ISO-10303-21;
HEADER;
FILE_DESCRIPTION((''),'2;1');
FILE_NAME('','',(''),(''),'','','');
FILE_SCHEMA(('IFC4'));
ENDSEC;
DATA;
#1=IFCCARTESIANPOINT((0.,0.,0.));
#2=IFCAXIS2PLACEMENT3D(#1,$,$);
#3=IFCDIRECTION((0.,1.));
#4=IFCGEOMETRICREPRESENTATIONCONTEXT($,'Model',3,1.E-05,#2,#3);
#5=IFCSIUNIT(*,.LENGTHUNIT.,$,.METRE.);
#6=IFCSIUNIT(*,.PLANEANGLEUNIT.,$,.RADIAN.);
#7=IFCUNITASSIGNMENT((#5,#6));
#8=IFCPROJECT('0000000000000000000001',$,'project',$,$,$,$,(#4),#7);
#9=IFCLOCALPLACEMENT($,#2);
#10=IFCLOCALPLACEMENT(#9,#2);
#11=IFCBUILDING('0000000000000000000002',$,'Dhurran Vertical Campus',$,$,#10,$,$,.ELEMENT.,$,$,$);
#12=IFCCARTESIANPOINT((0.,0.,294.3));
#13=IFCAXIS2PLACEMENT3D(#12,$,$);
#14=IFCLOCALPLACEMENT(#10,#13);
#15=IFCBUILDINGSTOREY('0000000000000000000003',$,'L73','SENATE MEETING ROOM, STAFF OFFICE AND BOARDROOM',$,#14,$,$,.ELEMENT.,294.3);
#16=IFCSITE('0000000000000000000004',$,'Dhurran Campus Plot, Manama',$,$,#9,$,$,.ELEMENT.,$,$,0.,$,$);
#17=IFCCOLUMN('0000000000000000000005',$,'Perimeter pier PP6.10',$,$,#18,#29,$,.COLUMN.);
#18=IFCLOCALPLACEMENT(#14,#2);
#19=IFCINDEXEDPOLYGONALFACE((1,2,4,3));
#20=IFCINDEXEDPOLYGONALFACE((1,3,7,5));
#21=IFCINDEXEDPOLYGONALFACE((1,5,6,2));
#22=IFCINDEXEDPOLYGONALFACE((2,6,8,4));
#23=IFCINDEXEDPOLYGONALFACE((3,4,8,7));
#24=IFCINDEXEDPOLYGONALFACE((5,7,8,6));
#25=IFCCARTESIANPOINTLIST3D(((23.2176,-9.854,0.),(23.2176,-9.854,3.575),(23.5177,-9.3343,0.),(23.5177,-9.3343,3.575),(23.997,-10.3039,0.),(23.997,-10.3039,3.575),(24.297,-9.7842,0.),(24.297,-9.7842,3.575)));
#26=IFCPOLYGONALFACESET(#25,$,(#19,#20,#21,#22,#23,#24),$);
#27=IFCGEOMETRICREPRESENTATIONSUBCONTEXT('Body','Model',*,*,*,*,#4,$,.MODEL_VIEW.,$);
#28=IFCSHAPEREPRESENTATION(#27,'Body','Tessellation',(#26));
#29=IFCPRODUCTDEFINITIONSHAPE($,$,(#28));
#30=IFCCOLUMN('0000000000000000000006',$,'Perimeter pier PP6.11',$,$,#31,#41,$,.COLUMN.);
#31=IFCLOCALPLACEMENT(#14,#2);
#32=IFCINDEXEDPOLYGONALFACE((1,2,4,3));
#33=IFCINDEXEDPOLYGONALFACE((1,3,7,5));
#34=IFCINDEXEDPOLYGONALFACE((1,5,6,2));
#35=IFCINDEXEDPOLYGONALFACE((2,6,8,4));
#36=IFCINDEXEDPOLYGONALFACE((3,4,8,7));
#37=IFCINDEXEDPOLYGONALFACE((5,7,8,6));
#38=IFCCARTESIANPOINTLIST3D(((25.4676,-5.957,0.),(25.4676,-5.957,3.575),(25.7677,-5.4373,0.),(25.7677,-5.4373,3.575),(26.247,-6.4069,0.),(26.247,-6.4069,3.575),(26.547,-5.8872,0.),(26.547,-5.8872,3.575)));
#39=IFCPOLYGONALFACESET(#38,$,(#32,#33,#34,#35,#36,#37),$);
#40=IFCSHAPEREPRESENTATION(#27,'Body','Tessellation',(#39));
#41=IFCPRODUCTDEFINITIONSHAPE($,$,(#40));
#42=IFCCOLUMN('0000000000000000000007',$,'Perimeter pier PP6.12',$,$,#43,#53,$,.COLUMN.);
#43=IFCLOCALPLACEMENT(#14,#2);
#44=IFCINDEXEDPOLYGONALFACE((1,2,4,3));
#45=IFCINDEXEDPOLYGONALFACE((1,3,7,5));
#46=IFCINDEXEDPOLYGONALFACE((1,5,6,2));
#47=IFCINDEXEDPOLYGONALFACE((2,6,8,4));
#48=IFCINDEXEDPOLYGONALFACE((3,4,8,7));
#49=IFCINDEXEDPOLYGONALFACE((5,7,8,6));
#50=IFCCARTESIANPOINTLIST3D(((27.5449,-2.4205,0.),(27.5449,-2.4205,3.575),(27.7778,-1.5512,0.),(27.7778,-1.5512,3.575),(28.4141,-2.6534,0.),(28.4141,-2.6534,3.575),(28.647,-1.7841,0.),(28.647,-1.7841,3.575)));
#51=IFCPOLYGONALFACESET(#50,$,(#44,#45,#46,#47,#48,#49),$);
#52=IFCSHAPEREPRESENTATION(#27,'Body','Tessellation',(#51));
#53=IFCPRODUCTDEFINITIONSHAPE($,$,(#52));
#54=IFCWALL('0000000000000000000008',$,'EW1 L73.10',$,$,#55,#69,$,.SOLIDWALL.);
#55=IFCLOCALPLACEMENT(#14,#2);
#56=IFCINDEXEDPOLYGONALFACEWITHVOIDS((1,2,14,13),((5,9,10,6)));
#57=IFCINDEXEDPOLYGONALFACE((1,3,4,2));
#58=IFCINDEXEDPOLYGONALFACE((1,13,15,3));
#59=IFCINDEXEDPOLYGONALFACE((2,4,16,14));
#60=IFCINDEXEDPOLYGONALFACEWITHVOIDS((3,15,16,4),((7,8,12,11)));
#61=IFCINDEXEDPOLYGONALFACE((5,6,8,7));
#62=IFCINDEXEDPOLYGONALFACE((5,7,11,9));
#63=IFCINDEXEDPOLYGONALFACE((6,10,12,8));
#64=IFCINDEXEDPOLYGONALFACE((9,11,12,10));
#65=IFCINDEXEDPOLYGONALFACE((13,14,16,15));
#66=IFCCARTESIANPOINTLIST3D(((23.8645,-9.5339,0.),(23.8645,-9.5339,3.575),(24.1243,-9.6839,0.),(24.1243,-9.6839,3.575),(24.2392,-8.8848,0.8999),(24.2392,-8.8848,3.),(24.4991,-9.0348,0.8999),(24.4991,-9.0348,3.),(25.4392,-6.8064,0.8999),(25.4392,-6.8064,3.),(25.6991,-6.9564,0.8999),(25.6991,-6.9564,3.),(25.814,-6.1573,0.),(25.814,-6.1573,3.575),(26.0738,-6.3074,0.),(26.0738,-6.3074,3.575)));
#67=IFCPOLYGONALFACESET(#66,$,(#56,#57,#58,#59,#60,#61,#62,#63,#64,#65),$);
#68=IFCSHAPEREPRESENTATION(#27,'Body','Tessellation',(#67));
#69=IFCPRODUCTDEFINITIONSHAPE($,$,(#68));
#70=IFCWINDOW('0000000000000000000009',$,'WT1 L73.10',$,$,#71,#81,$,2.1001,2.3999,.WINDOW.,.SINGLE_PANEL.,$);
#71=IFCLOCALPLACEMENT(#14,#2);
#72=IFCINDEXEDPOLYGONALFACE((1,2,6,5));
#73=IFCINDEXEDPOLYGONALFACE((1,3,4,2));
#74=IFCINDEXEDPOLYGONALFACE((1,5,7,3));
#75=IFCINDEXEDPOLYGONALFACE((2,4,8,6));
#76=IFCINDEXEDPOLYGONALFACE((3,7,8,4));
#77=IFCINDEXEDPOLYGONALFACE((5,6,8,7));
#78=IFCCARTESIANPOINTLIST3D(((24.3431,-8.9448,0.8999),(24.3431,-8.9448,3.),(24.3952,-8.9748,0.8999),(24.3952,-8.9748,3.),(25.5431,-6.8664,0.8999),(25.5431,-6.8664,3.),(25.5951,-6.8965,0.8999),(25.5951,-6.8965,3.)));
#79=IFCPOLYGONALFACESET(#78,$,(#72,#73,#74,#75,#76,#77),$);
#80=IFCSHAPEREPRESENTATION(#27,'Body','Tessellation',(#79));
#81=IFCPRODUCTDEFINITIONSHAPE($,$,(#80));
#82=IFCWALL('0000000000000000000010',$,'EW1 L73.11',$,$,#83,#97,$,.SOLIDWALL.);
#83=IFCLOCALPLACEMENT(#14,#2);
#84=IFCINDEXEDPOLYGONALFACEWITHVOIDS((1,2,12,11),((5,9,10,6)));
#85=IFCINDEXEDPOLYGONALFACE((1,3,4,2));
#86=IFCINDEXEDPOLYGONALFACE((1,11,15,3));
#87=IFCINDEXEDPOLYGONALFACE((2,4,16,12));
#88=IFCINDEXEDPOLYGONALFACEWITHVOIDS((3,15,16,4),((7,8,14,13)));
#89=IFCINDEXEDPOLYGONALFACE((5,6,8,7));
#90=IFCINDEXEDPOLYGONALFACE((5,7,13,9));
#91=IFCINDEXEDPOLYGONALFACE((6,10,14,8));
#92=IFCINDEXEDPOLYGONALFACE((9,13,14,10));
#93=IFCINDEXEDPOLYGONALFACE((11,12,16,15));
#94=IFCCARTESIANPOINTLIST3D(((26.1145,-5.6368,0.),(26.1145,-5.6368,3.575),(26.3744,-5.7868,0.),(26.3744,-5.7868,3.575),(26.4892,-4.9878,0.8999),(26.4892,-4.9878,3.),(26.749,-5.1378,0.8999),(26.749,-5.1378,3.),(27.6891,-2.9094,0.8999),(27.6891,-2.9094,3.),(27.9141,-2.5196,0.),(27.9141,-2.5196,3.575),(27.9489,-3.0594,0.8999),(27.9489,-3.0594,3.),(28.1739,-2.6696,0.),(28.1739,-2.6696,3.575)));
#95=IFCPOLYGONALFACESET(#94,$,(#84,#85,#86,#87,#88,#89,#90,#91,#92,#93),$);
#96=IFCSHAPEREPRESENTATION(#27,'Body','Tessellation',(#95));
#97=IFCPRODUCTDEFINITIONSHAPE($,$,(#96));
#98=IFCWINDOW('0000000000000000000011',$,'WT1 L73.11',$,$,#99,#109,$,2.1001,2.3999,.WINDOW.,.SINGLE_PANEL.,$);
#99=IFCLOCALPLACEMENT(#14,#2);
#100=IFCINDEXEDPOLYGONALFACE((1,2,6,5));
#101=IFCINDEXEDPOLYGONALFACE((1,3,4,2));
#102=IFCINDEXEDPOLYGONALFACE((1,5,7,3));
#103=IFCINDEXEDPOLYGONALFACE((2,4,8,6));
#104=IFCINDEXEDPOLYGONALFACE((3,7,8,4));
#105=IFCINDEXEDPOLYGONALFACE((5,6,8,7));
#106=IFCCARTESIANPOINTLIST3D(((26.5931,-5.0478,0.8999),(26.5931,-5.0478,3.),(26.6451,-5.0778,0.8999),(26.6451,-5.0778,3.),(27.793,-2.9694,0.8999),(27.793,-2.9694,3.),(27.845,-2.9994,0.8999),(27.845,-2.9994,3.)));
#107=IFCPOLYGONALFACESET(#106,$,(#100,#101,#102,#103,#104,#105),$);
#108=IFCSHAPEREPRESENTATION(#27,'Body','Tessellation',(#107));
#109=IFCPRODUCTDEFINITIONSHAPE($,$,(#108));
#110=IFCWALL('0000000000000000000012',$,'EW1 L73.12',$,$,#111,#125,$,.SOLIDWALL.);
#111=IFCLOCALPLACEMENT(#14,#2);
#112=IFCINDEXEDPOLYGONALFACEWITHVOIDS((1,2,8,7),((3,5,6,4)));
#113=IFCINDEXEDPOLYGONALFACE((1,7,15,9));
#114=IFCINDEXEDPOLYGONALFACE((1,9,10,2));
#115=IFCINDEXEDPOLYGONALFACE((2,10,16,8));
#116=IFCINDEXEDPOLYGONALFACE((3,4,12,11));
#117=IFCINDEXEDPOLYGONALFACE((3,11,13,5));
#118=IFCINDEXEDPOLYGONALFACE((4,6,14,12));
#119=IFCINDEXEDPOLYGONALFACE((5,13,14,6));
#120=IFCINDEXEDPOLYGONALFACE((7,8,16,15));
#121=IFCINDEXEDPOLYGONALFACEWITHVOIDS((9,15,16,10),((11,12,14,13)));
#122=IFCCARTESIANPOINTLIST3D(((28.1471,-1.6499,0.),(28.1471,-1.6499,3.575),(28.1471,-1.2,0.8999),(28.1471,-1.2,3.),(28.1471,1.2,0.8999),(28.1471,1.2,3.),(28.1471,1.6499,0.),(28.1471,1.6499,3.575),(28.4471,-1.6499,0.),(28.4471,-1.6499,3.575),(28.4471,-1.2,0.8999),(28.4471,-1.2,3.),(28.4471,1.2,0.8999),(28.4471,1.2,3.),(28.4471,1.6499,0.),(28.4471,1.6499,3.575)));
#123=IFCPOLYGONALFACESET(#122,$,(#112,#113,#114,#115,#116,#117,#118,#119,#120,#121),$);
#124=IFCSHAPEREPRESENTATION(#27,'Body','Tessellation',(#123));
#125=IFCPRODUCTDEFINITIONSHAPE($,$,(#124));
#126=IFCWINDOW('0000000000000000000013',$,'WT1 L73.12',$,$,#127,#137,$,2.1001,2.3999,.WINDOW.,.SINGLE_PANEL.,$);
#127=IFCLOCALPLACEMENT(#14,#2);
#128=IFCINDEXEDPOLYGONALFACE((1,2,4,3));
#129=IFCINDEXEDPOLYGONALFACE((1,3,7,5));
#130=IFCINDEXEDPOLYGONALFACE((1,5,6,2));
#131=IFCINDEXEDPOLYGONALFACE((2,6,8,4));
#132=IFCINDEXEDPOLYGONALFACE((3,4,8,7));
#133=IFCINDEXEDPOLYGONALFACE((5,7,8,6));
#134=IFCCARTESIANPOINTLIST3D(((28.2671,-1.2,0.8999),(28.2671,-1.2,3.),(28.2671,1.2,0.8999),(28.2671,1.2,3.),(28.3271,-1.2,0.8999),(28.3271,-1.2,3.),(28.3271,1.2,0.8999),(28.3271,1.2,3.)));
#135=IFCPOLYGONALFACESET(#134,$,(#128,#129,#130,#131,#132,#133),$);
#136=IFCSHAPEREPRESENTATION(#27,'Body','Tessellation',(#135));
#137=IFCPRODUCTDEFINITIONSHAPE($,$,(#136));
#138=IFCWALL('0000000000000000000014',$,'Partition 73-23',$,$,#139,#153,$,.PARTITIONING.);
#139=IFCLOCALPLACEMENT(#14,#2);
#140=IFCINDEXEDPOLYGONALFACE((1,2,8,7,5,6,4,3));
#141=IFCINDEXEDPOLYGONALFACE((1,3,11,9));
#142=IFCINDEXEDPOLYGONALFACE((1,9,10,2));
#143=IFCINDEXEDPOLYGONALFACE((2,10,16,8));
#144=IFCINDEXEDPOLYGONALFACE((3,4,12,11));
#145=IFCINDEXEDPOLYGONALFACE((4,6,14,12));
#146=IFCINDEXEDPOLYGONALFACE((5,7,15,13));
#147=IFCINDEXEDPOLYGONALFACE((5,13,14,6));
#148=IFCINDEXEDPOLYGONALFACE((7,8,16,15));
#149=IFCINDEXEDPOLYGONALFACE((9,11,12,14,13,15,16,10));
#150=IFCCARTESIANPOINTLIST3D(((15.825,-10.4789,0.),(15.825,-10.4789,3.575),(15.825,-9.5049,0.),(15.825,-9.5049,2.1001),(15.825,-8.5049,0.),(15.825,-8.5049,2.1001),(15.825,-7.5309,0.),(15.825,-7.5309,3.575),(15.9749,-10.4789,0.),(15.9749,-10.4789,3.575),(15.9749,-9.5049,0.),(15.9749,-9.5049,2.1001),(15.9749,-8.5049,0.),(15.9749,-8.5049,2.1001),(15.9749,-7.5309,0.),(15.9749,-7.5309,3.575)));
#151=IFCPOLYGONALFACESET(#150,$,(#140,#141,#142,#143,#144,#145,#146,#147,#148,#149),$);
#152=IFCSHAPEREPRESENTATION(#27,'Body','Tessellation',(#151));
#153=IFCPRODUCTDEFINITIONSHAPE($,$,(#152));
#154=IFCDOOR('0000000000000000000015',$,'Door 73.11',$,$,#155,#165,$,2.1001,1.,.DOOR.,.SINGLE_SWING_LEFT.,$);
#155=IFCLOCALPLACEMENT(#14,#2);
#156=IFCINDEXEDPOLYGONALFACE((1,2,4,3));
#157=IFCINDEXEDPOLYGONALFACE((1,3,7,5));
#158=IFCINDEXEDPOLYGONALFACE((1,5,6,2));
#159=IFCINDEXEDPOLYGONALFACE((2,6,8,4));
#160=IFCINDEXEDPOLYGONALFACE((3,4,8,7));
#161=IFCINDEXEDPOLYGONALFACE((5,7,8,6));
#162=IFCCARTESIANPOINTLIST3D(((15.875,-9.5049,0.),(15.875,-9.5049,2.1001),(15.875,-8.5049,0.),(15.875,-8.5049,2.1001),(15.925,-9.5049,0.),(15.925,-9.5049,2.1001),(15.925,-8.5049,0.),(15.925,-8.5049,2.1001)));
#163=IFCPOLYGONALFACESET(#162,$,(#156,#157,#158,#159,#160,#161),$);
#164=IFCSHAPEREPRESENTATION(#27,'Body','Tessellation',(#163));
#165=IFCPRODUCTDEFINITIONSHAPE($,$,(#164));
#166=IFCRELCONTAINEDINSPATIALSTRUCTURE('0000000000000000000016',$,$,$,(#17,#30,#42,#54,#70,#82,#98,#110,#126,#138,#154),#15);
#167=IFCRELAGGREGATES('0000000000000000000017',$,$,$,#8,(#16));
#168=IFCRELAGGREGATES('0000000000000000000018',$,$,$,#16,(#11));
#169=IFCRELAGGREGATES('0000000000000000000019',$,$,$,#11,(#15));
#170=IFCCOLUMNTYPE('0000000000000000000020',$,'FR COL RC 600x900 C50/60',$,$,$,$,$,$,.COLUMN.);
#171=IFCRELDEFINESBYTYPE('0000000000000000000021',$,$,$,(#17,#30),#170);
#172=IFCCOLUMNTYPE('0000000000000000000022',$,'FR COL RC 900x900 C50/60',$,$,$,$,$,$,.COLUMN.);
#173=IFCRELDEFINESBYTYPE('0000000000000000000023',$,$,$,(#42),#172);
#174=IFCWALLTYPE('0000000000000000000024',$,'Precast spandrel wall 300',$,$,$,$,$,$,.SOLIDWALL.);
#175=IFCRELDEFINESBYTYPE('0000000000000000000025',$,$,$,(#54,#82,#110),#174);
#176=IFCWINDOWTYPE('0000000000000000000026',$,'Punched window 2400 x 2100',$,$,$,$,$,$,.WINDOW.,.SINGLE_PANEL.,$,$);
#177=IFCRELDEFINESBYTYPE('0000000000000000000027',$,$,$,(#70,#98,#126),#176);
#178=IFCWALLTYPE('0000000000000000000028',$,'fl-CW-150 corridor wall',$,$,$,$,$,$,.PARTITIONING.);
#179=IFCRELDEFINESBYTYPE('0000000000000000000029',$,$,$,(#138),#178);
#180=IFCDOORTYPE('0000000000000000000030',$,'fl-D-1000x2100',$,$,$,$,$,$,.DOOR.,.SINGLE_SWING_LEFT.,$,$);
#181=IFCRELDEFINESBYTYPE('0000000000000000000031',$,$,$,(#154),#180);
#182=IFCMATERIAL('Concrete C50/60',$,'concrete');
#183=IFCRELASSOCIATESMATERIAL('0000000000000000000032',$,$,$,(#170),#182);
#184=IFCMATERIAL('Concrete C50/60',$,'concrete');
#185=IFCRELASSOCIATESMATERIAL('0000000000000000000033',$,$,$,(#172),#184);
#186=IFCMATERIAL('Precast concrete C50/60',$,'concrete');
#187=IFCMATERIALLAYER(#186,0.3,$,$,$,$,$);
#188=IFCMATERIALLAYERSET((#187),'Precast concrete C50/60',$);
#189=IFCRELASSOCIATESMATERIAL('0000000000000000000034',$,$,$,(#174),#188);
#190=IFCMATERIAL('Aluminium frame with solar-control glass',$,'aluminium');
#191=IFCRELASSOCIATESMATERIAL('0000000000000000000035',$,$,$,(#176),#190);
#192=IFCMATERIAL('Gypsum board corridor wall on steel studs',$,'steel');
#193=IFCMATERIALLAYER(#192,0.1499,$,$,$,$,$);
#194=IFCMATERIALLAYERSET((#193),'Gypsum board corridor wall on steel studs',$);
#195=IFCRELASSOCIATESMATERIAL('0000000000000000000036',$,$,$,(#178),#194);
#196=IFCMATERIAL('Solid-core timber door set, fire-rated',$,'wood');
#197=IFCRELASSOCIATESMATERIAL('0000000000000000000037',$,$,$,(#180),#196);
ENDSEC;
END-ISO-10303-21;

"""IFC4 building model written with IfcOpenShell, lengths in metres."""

from ifc_helpers import new_model, si_unit, direction, frame, frame_2d, origin, origin_2d, place, context, subcontext, project, spatial, rectangle, extrude, material, layer, layer_set, material_profile, profile_set, type_object, element, fill, save


model = new_model("IFC4")

# Units and contexts
model_context = context("Model", 3, precision=1e-05, world=origin(), true_north=direction((0.0, 1.0)))
body_context = subcontext(model_context, "Body", "Model", "MODEL_VIEW")
ifc_project = project(units=[si_unit("LENGTHUNIT", "METRE"), si_unit("PLANEANGLEUNIT", "RADIAN")], contexts=[model_context])

# Site, building, storey
site_placement = place(None, origin())
site = spatial("IfcSite", under=ifc_project, at=site_placement, Name="Dhurran Campus Plot, Manama", CompositionType="ELEMENT", RefElevation=0.0)
building_placement = place(site_placement, origin())
building = spatial("IfcBuilding", under=site, at=building_placement, Name="Dhurran Vertical Campus", CompositionType="ELEMENT")
storey_placement = place(building_placement, frame((0.0, 0.0, 294.3)))
storey = spatial("IfcBuildingStorey", under=building, at=storey_placement, Name="L73", Description="SENATE MEETING ROOM, STAFF OFFICE AND BOARDROOM", CompositionType="ELEMENT", Elevation=294.3)

# Columns
ifc_material_1 = material(Name="Concrete C50/60", Category="concrete")
ifc_material_profile_1 = material_profile(ifc_material_1, rectangle(XDim=0.6001, YDim=0.8999, at=origin_2d()), Name="RC 600x900")
ifc_profile_set_1 = profile_set([ifc_material_profile_1], Name="Concrete C50/60")
column_type_1 = type_object("IfcColumnType", Name="FR COL RC 600x900 C50/60", PredefinedType="COLUMN", material=ifc_profile_set_1)
for number, where, z_axis, x_axis, name in (
    (1, (23.7573, -9.8191, 0.0), (0.0, 0.0, 1.0), (0.5, 0.866025, 0.0), "Perimeter pier PP6.10"),
    (2, (26.0073, -5.9221, 0.0), (0.0, 0.0, 1.0), (0.5, 0.866025, 0.0), "Perimeter pier PP6.11"),
):
    element("IfcColumn", number, at=place(storey_placement, frame(where, z_axis=z_axis, x_axis=x_axis)), inside=storey, type_object=column_type_1, Name=name, PredefinedType="COLUMN", context=body_context, shape_type="SweptSolid", body=[
        extrude(rectangle(XDim=0.6001, YDim=0.8999, at=origin_2d()), origin(), (0.0, 0.0, 1.0), 3.575),
    ])
ifc_material_2 = material(Name="Concrete C50/60", Category="concrete")
ifc_material_profile_2 = material_profile(ifc_material_2, rectangle(XDim=0.8999, YDim=0.8999, at=origin_2d()), Name="RC 900x900")
ifc_profile_set_2 = profile_set([ifc_material_profile_2], Name="Concrete C50/60")
column_type_2 = type_object("IfcColumnType", Name="FR COL RC 900x900 C50/60", PredefinedType="COLUMN", material=ifc_profile_set_2)
column_placement = place(storey_placement, frame((28.0959, -2.1023, 0.0), z_axis=(0.0, 0.0, 1.0), x_axis=(0.258819, 0.965926, 0.0)))
element("IfcColumn", 3, at=column_placement, inside=storey, type_object=column_type_2, Name="Perimeter pier PP6.12", PredefinedType="COLUMN", context=body_context, shape_type="SweptSolid", body=[
    extrude(rectangle(XDim=0.8999, YDim=0.8999, at=origin_2d()), origin(), (0.0, 0.0, 1.0), 3.575),
])

# Walls, openings, windows
ifc_material_3 = material(Name="Precast concrete C50/60", Category="concrete")
ifc_layer_1 = layer(ifc_material_3, 0.3)
ifc_layer_set_1 = layer_set([ifc_layer_1], Name="Precast concrete C50/60")
wall_type_1 = type_object("IfcWallType", Name="Precast spandrel wall 300", PredefinedType="SOLIDWALL", material=ifc_layer_set_1)
wall_1_placement = place(storey_placement, frame((23.9944, -9.6089, 0.0), z_axis=(0.0, 0.0, 1.0), x_axis=(0.500012, 0.866019, 0.0)))
wall_1 = element("IfcWall", 4, at=wall_1_placement, inside=storey, type_object=wall_type_1, Name="EW1 L73.10", PredefinedType="SOLIDWALL", context=body_context, shape_type="SweptSolid", body=[
    extrude(rectangle(XDim=3.8989, YDim=0.3, at=frame_2d((1.9495, 0.0))), origin(), (0.0, 0.0, 1.0), 3.575),
])
opening_1_placement = place(wall_1_placement, frame((0.7495, 0.0, 0.8999)))
opening_1 = element("IfcOpeningElement", 5, at=opening_1_placement, cuts=wall_1, PredefinedType="OPENING", context=body_context, shape_type="SweptSolid", body=[
    extrude(rectangle(XDim=2.3999, YDim=2.1001, at=frame_2d((1.2, 1.05))), frame((0.0, 0.1599, 0.0), z_axis=(0.0, -1.0, 0.0), x_axis=(1.0, 0.0, 0.0)), (0.0, 0.0, 1.0), 0.3201),
])
ifc_material_4 = material(Name="Aluminium frame with solar-control glass", Category="aluminium")
window_type = type_object("IfcWindowType", Name="Punched window 2400 x 2100", PartitioningType="SINGLE_PANEL", PredefinedType="WINDOW", material=ifc_material_4)
window_1_placement = place(opening_1_placement, origin())
window_1 = element("IfcWindow", 6, at=window_1_placement, inside=storey, type_object=window_type, Name="WT1 L73.10", OverallHeight=2.1001, OverallWidth=2.3999, PartitioningType="SINGLE_PANEL", PredefinedType="WINDOW", context=body_context, shape_type="SweptSolid", body=[
    extrude(rectangle(XDim=2.3999, YDim=2.1001, at=frame_2d((1.2, 1.05))), frame((0.0, 0.03, 0.0), z_axis=(0.0, -1.0, 0.0), x_axis=(1.0, 0.0, 0.0)), (0.0, 0.0, 1.0), 0.0601),
])
fill(opening_1, window_1)
wall_2_placement = place(storey_placement, frame((26.2444, -5.7119, 0.0), z_axis=(0.0, 0.0, 1.0), x_axis=(0.499969, 0.866043, 0.0)))
wall_2 = element("IfcWall", 7, at=wall_2_placement, inside=storey, type_object=wall_type_1, Name="EW1 L73.11", PredefinedType="SOLIDWALL", context=body_context, shape_type="SweptSolid", body=[
    extrude(rectangle(XDim=3.5994, YDim=0.3, at=frame_2d((1.7998, 0.0))), origin(), (0.0, 0.0, 1.0), 3.575),
])
opening_2_placement = place(wall_2_placement, frame((0.7495, 0.0, 0.8999)))
opening_2 = element("IfcOpeningElement", 8, at=opening_2_placement, cuts=wall_2, PredefinedType="OPENING", context=body_context, shape_type="SweptSolid", body=[
    extrude(rectangle(XDim=2.3999, YDim=2.1001, at=frame_2d((1.2, 1.05))), frame((0.0, 0.1599, 0.0), z_axis=(0.0, -1.0, 0.0), x_axis=(1.0, 0.0, 0.0)), (0.0, 0.0, 1.0), 0.3201),
])
window_2_placement = place(opening_2_placement, origin())
window_2 = element("IfcWindow", 9, at=window_2_placement, inside=storey, type_object=window_type, Name="WT1 L73.11", OverallHeight=2.1001, OverallWidth=2.3999, PartitioningType="SINGLE_PANEL", PredefinedType="WINDOW", context=body_context, shape_type="SweptSolid", body=[
    extrude(rectangle(XDim=2.3999, YDim=2.1001, at=frame_2d((1.2, 1.05))), frame((0.0, 0.03, 0.0), z_axis=(0.0, -1.0, 0.0), x_axis=(1.0, 0.0, 0.0)), (0.0, 0.0, 1.0), 0.0601),
])
fill(opening_2, window_2)
wall_3_placement = place(storey_placement, frame((28.2971, -1.6499, 0.0), z_axis=(0.0, 0.0, 1.0), x_axis=(0.0, 1.0, 0.0)))
wall_3 = element("IfcWall", 10, at=wall_3_placement, inside=storey, type_object=wall_type_1, Name="EW1 L73.12", PredefinedType="SOLIDWALL", context=body_context, shape_type="SweptSolid", body=[
    extrude(rectangle(XDim=3.2998, YDim=0.3, at=frame_2d((1.6499, 0.0))), origin(), (0.0, 0.0, 1.0), 3.575),
])
opening_3_placement = place(wall_3_placement, frame((0.45, 0.0, 0.8999)))
opening_3 = element("IfcOpeningElement", 11, at=opening_3_placement, cuts=wall_3, PredefinedType="OPENING", context=body_context, shape_type="SweptSolid", body=[
    extrude(rectangle(XDim=2.3999, YDim=2.1001, at=frame_2d((1.2, 1.05))), frame((0.0, 0.1599, 0.0), z_axis=(0.0, -1.0, 0.0), x_axis=(1.0, 0.0, 0.0)), (0.0, 0.0, 1.0), 0.3201),
])
window_3_placement = place(opening_3_placement, origin())
window_3 = element("IfcWindow", 12, at=window_3_placement, inside=storey, type_object=window_type, Name="WT1 L73.12", OverallHeight=2.1001, OverallWidth=2.3999, PartitioningType="SINGLE_PANEL", PredefinedType="WINDOW", context=body_context, shape_type="SweptSolid", body=[
    extrude(rectangle(XDim=2.3999, YDim=2.1001, at=frame_2d((1.2, 1.05))), frame((0.0, 0.03, 0.0), z_axis=(0.0, -1.0, 0.0), x_axis=(1.0, 0.0, 0.0)), (0.0, 0.0, 1.0), 0.0601),
])
fill(opening_3, window_3)

# Wall, opening, door
ifc_material_5 = material(Name="Gypsum board corridor wall on steel studs", Category="steel")
ifc_layer_2 = layer(ifc_material_5, 0.1499)
ifc_layer_set_2 = layer_set([ifc_layer_2], Name="Gypsum board corridor wall on steel studs")
wall_type_2 = type_object("IfcWallType", Name="fl-CW-150 corridor wall", PredefinedType="PARTITIONING", material=ifc_layer_set_2)
wall_4_placement = place(storey_placement, frame((15.8999, -10.479, 0.0), z_axis=(0.0, 0.0, 1.0), x_axis=(0.0, 1.0, 0.0)))
wall_4 = element("IfcWall", 13, at=wall_4_placement, inside=storey, type_object=wall_type_2, Name="Partition 73-23", PredefinedType="PARTITIONING", context=body_context, shape_type="SweptSolid", body=[
    extrude(rectangle(XDim=2.948, YDim=0.1499, at=frame_2d((1.4741, 0.0))), origin(), (0.0, 0.0, 1.0), 3.575),
])
opening_4_placement = place(wall_4_placement, frame((0.9741, 0.0, 0.0)))
opening_4 = element("IfcOpeningElement", 14, at=opening_4_placement, cuts=wall_4, PredefinedType="OPENING", context=body_context, shape_type="SweptSolid", body=[
    extrude(rectangle(XDim=1.0, YDim=2.1001, at=frame_2d((0.5, 1.05))), frame((0.0, 0.085, 0.0), z_axis=(0.0, -1.0, 0.0), x_axis=(1.0, 0.0, 0.0)), (0.0, 0.0, 1.0), 0.1699),
])
ifc_material_6 = material(Name="Solid-core timber door set, fire-rated", Category="wood")
door_type = type_object("IfcDoorType", Name="fl-D-1000x2100", OperationType="SINGLE_SWING_LEFT", PredefinedType="DOOR", material=ifc_material_6)
door_1_placement = place(opening_4_placement, origin())
door_1 = element("IfcDoor", 15, at=door_1_placement, inside=storey, type_object=door_type, Name="Door 73.11", OperationType="SINGLE_SWING_LEFT", OverallHeight=2.1001, OverallWidth=1.0, PredefinedType="DOOR", context=body_context, shape_type="SweptSolid", body=[
    extrude(rectangle(XDim=1.0, YDim=2.1001, at=frame_2d((0.5, 1.05))), frame((0.0, 0.0249, 0.0), z_axis=(0.0, -1.0, 0.0), x_axis=(1.0, 0.0, 0.0)), (0.0, 0.0, 1.0), 0.05),
])
fill(opening_4, door_1)

save(model, "model.ifc")
